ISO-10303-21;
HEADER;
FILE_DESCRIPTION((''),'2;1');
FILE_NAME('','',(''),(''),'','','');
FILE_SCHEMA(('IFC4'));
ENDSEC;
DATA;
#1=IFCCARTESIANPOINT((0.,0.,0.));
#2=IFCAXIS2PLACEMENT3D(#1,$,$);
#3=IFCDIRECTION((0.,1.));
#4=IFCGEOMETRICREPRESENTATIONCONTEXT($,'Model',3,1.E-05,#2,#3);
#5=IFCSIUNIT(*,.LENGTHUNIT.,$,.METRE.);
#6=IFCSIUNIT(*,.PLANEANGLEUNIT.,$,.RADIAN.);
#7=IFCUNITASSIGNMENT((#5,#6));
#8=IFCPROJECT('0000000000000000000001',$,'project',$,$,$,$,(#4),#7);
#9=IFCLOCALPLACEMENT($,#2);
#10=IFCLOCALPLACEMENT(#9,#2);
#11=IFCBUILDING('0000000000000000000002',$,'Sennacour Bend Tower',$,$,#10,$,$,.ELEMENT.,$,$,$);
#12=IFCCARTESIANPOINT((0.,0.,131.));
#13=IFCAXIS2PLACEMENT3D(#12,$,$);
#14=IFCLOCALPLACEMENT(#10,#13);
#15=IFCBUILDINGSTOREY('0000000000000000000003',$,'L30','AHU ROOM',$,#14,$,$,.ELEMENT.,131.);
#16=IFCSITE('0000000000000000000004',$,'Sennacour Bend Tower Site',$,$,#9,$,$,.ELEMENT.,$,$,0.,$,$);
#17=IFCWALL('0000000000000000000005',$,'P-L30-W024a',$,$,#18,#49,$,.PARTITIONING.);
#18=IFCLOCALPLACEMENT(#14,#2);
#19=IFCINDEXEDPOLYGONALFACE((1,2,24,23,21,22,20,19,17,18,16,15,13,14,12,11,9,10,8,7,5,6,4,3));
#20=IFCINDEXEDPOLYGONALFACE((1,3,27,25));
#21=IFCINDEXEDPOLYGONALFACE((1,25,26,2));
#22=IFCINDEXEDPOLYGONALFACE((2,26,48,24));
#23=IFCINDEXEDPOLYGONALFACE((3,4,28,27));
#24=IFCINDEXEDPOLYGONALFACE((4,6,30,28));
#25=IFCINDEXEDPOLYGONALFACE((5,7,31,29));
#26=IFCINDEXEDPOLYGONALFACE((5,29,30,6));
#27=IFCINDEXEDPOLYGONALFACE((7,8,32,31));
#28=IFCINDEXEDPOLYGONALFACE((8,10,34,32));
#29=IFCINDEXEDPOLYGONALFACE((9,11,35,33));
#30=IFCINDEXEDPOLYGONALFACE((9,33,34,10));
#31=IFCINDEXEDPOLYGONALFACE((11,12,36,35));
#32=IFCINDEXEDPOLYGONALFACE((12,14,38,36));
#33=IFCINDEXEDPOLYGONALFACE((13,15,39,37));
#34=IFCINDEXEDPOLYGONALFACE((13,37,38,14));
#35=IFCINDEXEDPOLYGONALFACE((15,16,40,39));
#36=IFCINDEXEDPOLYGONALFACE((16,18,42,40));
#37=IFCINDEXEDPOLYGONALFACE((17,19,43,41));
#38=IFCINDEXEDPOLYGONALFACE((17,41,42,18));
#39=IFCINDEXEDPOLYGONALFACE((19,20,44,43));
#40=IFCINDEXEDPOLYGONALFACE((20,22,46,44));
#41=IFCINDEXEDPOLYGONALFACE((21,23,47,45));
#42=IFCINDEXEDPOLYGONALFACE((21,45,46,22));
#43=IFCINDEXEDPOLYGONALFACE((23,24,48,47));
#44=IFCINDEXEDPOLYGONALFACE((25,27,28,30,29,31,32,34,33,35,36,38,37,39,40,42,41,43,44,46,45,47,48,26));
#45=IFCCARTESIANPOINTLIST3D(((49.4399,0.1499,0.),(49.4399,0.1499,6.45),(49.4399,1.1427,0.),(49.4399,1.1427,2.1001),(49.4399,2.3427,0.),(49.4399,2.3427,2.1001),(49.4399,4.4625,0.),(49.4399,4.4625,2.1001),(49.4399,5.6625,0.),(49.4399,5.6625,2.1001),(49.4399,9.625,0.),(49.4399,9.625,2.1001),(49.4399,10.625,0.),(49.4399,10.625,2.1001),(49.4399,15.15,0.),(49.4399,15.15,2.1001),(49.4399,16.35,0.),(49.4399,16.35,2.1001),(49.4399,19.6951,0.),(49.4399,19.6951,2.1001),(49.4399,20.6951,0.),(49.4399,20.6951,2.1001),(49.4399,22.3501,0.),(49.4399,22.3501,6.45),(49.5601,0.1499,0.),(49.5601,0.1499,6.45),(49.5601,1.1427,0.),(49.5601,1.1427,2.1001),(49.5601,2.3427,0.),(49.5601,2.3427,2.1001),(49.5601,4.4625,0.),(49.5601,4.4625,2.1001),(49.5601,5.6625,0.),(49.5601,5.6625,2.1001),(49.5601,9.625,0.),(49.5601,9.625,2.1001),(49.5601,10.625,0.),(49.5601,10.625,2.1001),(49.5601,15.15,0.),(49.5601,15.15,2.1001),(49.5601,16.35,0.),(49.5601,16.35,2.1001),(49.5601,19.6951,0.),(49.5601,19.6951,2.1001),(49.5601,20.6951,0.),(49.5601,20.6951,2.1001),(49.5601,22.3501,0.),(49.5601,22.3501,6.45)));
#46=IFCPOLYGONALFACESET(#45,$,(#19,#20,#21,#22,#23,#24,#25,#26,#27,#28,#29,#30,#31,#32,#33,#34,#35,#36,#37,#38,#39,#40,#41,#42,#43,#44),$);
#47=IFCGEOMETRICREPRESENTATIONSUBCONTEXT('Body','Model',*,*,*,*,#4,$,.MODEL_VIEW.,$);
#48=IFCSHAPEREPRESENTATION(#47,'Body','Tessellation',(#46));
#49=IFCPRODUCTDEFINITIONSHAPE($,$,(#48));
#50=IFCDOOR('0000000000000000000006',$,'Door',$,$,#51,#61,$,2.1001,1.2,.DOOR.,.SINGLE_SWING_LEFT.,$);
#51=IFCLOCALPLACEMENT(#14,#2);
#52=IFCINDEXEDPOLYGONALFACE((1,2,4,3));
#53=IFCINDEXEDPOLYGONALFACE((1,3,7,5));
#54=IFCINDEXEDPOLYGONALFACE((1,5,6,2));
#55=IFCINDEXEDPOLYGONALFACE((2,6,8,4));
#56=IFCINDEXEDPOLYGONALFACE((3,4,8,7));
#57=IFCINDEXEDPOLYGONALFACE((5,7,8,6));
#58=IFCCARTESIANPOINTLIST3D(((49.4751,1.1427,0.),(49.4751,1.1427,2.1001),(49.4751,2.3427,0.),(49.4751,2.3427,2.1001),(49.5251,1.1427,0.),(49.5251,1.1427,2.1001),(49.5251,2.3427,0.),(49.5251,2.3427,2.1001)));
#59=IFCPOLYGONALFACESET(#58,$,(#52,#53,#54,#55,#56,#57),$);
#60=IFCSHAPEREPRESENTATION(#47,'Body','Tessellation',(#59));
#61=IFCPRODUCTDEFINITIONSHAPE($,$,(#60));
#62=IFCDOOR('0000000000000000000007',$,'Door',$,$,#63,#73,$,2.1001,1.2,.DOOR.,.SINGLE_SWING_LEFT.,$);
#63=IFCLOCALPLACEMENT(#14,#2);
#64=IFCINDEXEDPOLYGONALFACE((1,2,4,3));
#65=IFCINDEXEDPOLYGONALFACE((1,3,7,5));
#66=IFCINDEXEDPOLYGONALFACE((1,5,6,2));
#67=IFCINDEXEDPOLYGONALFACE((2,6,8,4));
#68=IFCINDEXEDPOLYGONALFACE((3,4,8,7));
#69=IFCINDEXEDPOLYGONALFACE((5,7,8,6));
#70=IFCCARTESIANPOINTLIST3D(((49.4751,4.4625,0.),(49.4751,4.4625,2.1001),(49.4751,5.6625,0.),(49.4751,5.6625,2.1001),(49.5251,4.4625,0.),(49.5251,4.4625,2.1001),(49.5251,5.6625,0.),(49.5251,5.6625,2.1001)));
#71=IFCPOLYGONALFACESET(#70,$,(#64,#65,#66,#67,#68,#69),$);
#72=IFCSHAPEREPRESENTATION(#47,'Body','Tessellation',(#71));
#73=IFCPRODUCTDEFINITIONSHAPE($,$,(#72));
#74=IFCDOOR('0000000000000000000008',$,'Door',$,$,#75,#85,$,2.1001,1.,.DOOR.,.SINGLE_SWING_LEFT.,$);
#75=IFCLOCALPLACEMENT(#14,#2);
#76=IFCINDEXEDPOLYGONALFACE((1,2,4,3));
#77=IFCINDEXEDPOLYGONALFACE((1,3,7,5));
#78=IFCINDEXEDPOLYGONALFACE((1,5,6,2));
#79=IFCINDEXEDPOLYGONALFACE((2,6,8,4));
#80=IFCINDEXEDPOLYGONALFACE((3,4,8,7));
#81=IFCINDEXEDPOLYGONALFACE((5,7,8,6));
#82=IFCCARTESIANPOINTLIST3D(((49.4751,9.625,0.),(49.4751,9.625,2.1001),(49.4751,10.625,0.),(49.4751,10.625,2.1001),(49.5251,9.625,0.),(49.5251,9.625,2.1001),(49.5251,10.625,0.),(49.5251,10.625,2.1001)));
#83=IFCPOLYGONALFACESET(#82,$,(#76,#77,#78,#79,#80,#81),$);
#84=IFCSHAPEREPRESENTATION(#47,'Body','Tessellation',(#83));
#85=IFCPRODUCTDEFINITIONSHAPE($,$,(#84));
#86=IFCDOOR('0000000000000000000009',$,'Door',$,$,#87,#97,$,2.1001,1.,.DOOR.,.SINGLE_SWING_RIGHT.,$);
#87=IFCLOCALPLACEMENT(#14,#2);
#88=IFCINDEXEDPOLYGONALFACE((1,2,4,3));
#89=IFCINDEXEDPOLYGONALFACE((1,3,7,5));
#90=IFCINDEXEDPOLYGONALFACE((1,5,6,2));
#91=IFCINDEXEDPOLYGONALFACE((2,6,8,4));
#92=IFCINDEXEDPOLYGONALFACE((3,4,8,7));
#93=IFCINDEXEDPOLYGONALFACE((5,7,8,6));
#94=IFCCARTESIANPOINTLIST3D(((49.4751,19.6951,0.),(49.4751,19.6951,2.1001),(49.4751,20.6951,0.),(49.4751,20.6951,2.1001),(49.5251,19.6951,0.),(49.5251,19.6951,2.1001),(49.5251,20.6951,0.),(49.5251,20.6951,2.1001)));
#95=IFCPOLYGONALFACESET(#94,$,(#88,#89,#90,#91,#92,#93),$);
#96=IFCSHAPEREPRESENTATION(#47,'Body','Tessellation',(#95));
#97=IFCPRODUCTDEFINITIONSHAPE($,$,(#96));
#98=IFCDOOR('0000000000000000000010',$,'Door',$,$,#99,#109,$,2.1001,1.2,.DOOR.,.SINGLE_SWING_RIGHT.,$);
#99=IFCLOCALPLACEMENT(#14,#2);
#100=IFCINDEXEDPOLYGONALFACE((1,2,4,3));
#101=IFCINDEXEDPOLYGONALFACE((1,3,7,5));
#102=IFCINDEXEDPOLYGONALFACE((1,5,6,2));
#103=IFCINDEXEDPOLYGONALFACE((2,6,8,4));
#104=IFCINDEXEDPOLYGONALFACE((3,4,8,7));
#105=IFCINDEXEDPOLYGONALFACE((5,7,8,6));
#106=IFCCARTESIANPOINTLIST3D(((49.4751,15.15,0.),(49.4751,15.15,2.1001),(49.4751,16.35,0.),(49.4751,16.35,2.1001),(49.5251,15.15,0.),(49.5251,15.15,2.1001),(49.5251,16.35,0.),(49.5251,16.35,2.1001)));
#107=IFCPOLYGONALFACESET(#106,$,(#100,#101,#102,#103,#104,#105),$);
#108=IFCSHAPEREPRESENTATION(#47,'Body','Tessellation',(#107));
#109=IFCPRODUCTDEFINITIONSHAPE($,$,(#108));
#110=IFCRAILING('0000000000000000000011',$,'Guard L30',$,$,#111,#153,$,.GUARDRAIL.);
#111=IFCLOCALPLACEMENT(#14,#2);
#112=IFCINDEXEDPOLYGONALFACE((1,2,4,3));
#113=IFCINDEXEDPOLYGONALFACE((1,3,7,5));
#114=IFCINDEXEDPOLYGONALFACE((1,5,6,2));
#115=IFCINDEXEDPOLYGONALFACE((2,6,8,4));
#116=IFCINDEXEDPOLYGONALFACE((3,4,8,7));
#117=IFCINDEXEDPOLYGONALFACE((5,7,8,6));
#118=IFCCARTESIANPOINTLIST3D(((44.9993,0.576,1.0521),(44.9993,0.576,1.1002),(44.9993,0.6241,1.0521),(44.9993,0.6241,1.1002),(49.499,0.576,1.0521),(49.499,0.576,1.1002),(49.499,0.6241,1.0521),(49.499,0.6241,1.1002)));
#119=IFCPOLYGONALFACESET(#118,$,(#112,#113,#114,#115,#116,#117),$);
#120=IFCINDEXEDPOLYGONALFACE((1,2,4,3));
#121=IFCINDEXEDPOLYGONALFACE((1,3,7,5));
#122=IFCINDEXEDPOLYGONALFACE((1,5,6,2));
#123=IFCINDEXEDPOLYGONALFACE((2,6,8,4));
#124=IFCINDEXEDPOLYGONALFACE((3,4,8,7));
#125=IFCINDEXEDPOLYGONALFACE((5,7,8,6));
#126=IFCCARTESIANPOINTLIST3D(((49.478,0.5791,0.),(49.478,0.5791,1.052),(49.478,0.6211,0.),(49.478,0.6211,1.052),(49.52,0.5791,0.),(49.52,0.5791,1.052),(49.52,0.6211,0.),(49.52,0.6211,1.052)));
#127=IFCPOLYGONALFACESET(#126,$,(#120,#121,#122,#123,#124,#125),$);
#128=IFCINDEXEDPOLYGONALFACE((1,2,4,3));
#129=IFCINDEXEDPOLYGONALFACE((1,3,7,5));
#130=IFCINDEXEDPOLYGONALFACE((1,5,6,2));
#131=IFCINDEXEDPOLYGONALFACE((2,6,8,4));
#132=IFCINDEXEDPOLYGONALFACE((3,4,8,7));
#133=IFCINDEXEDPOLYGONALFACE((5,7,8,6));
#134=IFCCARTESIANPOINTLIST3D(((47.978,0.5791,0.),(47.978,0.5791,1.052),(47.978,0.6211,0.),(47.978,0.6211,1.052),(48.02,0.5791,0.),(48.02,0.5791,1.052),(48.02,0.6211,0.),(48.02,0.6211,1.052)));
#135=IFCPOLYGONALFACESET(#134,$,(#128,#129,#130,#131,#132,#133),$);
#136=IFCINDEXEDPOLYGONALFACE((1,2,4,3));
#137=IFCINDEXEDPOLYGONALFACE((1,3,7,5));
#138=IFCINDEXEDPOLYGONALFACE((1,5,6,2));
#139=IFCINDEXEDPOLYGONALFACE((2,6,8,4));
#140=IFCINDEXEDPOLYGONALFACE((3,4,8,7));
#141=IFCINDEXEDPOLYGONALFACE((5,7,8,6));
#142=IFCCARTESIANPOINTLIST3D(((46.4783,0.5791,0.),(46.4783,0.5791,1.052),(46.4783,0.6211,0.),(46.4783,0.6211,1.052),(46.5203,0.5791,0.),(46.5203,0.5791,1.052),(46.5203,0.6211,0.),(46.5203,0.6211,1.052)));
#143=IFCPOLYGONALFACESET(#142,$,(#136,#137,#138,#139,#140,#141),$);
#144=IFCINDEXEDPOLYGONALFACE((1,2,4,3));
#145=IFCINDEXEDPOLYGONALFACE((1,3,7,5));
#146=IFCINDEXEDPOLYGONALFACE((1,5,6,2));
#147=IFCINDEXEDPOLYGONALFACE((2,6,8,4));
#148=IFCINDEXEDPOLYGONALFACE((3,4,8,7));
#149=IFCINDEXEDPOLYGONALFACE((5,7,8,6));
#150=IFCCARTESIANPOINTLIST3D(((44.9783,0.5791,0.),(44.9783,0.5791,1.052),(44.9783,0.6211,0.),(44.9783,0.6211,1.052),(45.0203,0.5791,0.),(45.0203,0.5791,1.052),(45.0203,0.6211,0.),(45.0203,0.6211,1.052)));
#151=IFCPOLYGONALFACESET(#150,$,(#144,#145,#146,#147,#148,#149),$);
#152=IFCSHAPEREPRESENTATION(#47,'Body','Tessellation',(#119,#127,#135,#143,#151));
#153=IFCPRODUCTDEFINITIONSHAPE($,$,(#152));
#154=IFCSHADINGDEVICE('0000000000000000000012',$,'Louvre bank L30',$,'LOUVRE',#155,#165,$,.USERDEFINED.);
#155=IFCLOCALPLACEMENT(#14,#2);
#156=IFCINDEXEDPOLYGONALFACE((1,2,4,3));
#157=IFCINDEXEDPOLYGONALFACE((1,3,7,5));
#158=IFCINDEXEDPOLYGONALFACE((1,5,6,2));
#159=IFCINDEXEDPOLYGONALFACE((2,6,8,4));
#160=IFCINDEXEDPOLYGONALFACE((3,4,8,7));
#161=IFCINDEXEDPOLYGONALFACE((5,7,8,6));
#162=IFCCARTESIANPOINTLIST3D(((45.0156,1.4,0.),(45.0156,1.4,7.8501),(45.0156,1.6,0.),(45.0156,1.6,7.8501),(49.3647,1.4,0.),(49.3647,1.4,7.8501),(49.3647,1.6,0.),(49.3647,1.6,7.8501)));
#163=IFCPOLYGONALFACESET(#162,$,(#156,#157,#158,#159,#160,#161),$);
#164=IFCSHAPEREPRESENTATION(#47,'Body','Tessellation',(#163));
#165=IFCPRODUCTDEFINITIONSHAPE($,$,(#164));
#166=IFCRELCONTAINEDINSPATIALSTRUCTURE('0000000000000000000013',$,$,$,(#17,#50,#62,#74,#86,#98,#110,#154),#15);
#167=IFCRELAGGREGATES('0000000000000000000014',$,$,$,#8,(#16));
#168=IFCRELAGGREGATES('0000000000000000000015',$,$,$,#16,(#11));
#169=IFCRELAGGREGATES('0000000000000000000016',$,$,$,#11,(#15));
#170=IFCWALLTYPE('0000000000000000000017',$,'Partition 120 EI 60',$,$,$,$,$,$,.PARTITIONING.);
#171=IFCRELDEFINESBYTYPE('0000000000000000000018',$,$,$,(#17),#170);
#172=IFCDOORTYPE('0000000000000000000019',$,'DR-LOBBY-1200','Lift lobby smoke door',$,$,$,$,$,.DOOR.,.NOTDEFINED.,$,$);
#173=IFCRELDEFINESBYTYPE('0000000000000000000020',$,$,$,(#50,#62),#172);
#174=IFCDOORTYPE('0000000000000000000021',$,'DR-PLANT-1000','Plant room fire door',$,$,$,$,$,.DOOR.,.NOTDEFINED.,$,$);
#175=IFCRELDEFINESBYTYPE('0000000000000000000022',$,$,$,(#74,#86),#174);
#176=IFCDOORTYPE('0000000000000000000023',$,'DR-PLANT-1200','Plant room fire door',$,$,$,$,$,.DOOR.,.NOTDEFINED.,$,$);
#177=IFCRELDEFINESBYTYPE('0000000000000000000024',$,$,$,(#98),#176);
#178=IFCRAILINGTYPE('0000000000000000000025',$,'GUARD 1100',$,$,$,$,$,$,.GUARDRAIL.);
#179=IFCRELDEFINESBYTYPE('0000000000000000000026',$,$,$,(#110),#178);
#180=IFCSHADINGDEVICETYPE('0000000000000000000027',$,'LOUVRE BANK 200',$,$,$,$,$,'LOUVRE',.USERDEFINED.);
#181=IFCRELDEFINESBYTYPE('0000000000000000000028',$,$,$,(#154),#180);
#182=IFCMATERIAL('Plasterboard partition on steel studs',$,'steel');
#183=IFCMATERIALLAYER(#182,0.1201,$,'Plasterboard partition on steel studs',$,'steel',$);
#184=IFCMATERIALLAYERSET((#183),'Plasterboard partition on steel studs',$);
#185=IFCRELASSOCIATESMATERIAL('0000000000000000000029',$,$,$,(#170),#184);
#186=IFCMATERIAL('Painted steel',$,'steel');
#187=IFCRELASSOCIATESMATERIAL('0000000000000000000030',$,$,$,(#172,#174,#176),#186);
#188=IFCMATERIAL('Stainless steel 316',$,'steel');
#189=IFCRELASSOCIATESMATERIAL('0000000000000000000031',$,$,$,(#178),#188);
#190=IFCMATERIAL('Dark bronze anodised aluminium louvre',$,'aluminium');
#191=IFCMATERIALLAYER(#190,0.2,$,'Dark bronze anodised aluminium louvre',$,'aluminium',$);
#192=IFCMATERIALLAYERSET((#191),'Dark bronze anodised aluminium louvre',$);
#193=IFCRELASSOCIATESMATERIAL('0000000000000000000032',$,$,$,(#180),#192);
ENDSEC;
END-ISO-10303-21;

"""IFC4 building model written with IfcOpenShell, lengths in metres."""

from ifc_helpers import new_model, si_unit, direction, frame, frame_2d, origin, origin_2d, place, context, subcontext, project, spatial, rectangle, extrude, material, layer, layer_set, type_object, element, fill, save


model = new_model("IFC4")

# Units and contexts
model_context = context("Model", 3, precision=1e-05, world=origin(), true_north=direction((0.0, 1.0)))
body_context = subcontext(model_context, "Body", "Model", "MODEL_VIEW")
ifc_project = project(units=[si_unit("LENGTHUNIT", "METRE"), si_unit("PLANEANGLEUNIT", "RADIAN")], contexts=[model_context])

# Site, building, storey
site_placement = place(None, origin())
site = spatial("IfcSite", under=ifc_project, at=site_placement, Name="Sennacour Bend Tower Site", CompositionType="ELEMENT", RefElevation=0.0)
building_placement = place(site_placement, origin())
building = spatial("IfcBuilding", under=site, at=building_placement, Name="Sennacour Bend Tower", CompositionType="ELEMENT")
storey_placement = place(building_placement, frame((0.0, 0.0, 131.0)))
storey = spatial("IfcBuildingStorey", under=building, at=storey_placement, Name="L30", Description="AHU ROOM", CompositionType="ELEMENT", Elevation=131.0)

# Shared definitions
ifc_material_1 = material(Name="Plasterboard partition on steel studs", Category="steel")

# Wall, openings, doors
ifc_layer_1 = layer(ifc_material_1, 0.1201, Name="Plasterboard partition on steel studs", Category="steel")
ifc_layer_set_1 = layer_set([ifc_layer_1], Name="Plasterboard partition on steel studs")
wall_type_1 = type_object("IfcWallType", Name="Partition 120 EI 60", PredefinedType="PARTITIONING", material=ifc_layer_set_1)
wall_1_placement = place(storey_placement, frame((49.5, 0.1499, 0.0), z_axis=(0.0, 0.0, 1.0), x_axis=(0.0, 1.0, 0.0)))
wall_1 = element("IfcWall", 1, at=wall_1_placement, inside=storey, type_object=wall_type_1, Name="P-L30-W024a", PredefinedType="PARTITIONING", context=body_context, shape_type="SweptSolid", body=[
    extrude(rectangle(XDim=22.2002, YDim=0.1201, at=frame_2d((11.1001, 0.0))), origin(), (0.0, 0.0, 1.0), 6.45),
])
opening_1_placement = place(wall_1_placement, frame((0.9927, 0.0, 0.0)))
opening_1 = element("IfcOpeningElement", 2, at=opening_1_placement, cuts=wall_1, PredefinedType="OPENING", context=body_context, shape_type="SweptSolid", body=[
    extrude(rectangle(XDim=1.2, YDim=2.1001, at=frame_2d((0.6001, 1.05))), frame((0.0, 0.0701, 0.0), z_axis=(0.0, -1.0, 0.0), x_axis=(1.0, 0.0, 0.0)), (0.0, 0.0, 1.0), 0.1401),
])
opening_2_placement = place(wall_1_placement, frame((4.3125, 0.0, 0.0)))
opening_2 = element("IfcOpeningElement", 3, at=opening_2_placement, cuts=wall_1, PredefinedType="OPENING", context=body_context, shape_type="SweptSolid", body=[
    extrude(rectangle(XDim=1.2, YDim=2.1001, at=frame_2d((0.6001, 1.05))), frame((0.0, 0.0701, 0.0), z_axis=(0.0, -1.0, 0.0), x_axis=(1.0, 0.0, 0.0)), (0.0, 0.0, 1.0), 0.1401),
])
opening_3_placement = place(wall_1_placement, frame((9.4751, 0.0, 0.0)))
opening_3 = element("IfcOpeningElement", 4, at=opening_3_placement, cuts=wall_1, PredefinedType="OPENING", context=body_context, shape_type="SweptSolid", body=[
    extrude(rectangle(XDim=1.0, YDim=2.1001, at=frame_2d((0.5, 1.05))), frame((0.0, 0.0701, 0.0), z_axis=(0.0, -1.0, 0.0), x_axis=(1.0, 0.0, 0.0)), (0.0, 0.0, 1.0), 0.1401),
])
opening_4_placement = place(wall_1_placement, frame((15.0, 0.0, 0.0)))
opening_4 = element("IfcOpeningElement", 5, at=opening_4_placement, cuts=wall_1, PredefinedType="OPENING", context=body_context, shape_type="SweptSolid", body=[
    extrude(rectangle(XDim=1.2, YDim=2.1001, at=frame_2d((0.6001, 1.05))), frame((0.0, 0.0701, 0.0), z_axis=(0.0, -1.0, 0.0), x_axis=(1.0, 0.0, 0.0)), (0.0, 0.0, 1.0), 0.1401),
])
opening_5_placement = place(wall_1_placement, frame((19.5452, 0.0, 0.0)))
opening_5 = element("IfcOpeningElement", 6, at=opening_5_placement, cuts=wall_1, PredefinedType="OPENING", context=body_context, shape_type="SweptSolid", body=[
    extrude(rectangle(XDim=1.0, YDim=2.1001, at=frame_2d((0.5, 1.05))), frame((0.0, 0.0701, 0.0), z_axis=(0.0, -1.0, 0.0), x_axis=(1.0, 0.0, 0.0)), (0.0, 0.0, 1.0), 0.1401),
])
ifc_material_2 = material(Name="Painted steel", Category="steel")
door_type_1 = type_object("IfcDoorType", Name="DR-LOBBY-1200", Description="Lift lobby smoke door", OperationType="NOTDEFINED", PredefinedType="DOOR", material=ifc_material_2)
door_1_placement = place(opening_1_placement, origin())
door_1 = element("IfcDoor", 7, at=door_1_placement, inside=storey, type_object=door_type_1, Name="Door", OperationType="SINGLE_SWING_LEFT", OverallHeight=2.1001, OverallWidth=1.2, PredefinedType="DOOR", context=body_context, shape_type="SweptSolid", body=[
    extrude(rectangle(XDim=1.2, YDim=2.1001, at=frame_2d((0.6001, 1.05))), frame((0.0, 0.0249, 0.0), z_axis=(0.0, -1.0, 0.0), x_axis=(1.0, 0.0, 0.0)), (0.0, 0.0, 1.0), 0.05),
])
fill(opening_1, door_1)
door_2_placement = place(opening_2_placement, origin())
door_2 = element("IfcDoor", 8, at=door_2_placement, inside=storey, type_object=door_type_1, Name="Door", OperationType="SINGLE_SWING_LEFT", OverallHeight=2.1001, OverallWidth=1.2, PredefinedType="DOOR", context=body_context, shape_type="SweptSolid", body=[
    extrude(rectangle(XDim=1.2, YDim=2.1001, at=frame_2d((0.6001, 1.05))), frame((0.0, 0.0249, 0.0), z_axis=(0.0, -1.0, 0.0), x_axis=(1.0, 0.0, 0.0)), (0.0, 0.0, 1.0), 0.05),
])
fill(opening_2, door_2)
door_type_2 = type_object("IfcDoorType", Name="DR-PLANT-1000", Description="Plant room fire door", OperationType="NOTDEFINED", PredefinedType="DOOR", material=ifc_material_2)
door_3_placement = place(opening_3_placement, origin())
door_3 = element("IfcDoor", 9, at=door_3_placement, inside=storey, type_object=door_type_2, Name="Door", OperationType="SINGLE_SWING_LEFT", OverallHeight=2.1001, OverallWidth=1.0, PredefinedType="DOOR", context=body_context, shape_type="SweptSolid", body=[
    extrude(rectangle(XDim=1.0, YDim=2.1001, at=frame_2d((0.5, 1.05))), frame((0.0, 0.0249, 0.0), z_axis=(0.0, -1.0, 0.0), x_axis=(1.0, 0.0, 0.0)), (0.0, 0.0, 1.0), 0.05),
])
fill(opening_3, door_3)
door_4_placement = place(opening_5_placement, origin())
door_4 = element("IfcDoor", 10, at=door_4_placement, inside=storey, type_object=door_type_2, Name="Door", OperationType="SINGLE_SWING_RIGHT", OverallHeight=2.1001, OverallWidth=1.0, PredefinedType="DOOR", context=body_context, shape_type="SweptSolid", body=[
    extrude(rectangle(XDim=1.0, YDim=2.1001, at=frame_2d((0.5, 1.05))), frame((0.0, 0.0249, 0.0), z_axis=(0.0, -1.0, 0.0), x_axis=(1.0, 0.0, 0.0)), (0.0, 0.0, 1.0), 0.05),
])
fill(opening_5, door_4)
door_type_3 = type_object("IfcDoorType", Name="DR-PLANT-1200", Description="Plant room fire door", OperationType="NOTDEFINED", PredefinedType="DOOR", material=ifc_material_2)
door_5_placement = place(opening_4_placement, origin())
door_5 = element("IfcDoor", 11, at=door_5_placement, inside=storey, type_object=door_type_3, Name="Door", OperationType="SINGLE_SWING_RIGHT", OverallHeight=2.1001, OverallWidth=1.2, PredefinedType="DOOR", context=body_context, shape_type="SweptSolid", body=[
    extrude(rectangle(XDim=1.2, YDim=2.1001, at=frame_2d((0.6001, 1.05))), frame((0.0, 0.0249, 0.0), z_axis=(0.0, -1.0, 0.0), x_axis=(1.0, 0.0, 0.0)), (0.0, 0.0, 1.0), 0.05),
])
fill(opening_4, door_5)

# Railing
ifc_material_3 = material(Name="Stainless steel 316", Category="steel")
railing_type = type_object("IfcRailingType", Name="GUARD 1100", PredefinedType="GUARDRAIL", material=ifc_material_3)
railing_placement = place(storey_placement, frame((49.499, 0.6001, 0.0)))
element("IfcRailing", 12, at=railing_placement, inside=storey, type_object=railing_type, Name="Guard L30", PredefinedType="GUARDRAIL", context=body_context, shape_type="SweptSolid", body=[
    extrude(rectangle(XDim=0.0481, YDim=0.0481, at=origin_2d()), frame((0.0, 0.0, 1.0762), z_axis=(-1.0, 0.0, 0.0), x_axis=(0.0, -1.0, 0.0)), (0.0, 0.0, 1.0), 4.4998),
    extrude(rectangle(XDim=0.042, YDim=0.042, at=origin_2d()), origin(), (0.0, 0.0, 1.0), 1.052),
    extrude(rectangle(XDim=0.042, YDim=0.042, at=origin_2d()), frame((-1.5, 0.0, 0.0)), (0.0, 0.0, 1.0), 1.052),
    extrude(rectangle(XDim=0.042, YDim=0.042, at=origin_2d()), frame((-2.9998, 0.0, 0.0)), (0.0, 0.0, 1.0), 1.052),
    extrude(rectangle(XDim=0.042, YDim=0.042, at=origin_2d()), frame((-4.4998, 0.0, 0.0)), (0.0, 0.0, 1.0), 1.052),
])

# Shading device
ifc_material_4 = material(Name="Dark bronze anodised aluminium louvre", Category="aluminium")
ifc_layer_2 = layer(ifc_material_4, 0.2, Name="Dark bronze anodised aluminium louvre", Category="aluminium")
ifc_layer_set_2 = layer_set([ifc_layer_2], Name="Dark bronze anodised aluminium louvre")
shading_device_type_1 = type_object("IfcShadingDeviceType", Name="LOUVRE BANK 200", ElementType="LOUVRE", PredefinedType="USERDEFINED", material=ifc_layer_set_2)
shading_device_1_placement = place(storey_placement, frame((47.1902, 1.5, 0.0), z_axis=(0.0, 0.0, 1.0), x_axis=(-1.0, 0.0, 0.0)))
element("IfcShadingDevice", 13, at=shading_device_1_placement, inside=storey, type_object=shading_device_type_1, Name="Louvre bank L30", ObjectType="LOUVRE", PredefinedType="USERDEFINED", context=body_context, shape_type="SweptSolid", body=[
    extrude(rectangle(XDim=4.3491, YDim=0.2, at=origin_2d()), origin(), (0.0, 0.0, 1.0), 7.8501),
])

save(model, "model.ifc")
